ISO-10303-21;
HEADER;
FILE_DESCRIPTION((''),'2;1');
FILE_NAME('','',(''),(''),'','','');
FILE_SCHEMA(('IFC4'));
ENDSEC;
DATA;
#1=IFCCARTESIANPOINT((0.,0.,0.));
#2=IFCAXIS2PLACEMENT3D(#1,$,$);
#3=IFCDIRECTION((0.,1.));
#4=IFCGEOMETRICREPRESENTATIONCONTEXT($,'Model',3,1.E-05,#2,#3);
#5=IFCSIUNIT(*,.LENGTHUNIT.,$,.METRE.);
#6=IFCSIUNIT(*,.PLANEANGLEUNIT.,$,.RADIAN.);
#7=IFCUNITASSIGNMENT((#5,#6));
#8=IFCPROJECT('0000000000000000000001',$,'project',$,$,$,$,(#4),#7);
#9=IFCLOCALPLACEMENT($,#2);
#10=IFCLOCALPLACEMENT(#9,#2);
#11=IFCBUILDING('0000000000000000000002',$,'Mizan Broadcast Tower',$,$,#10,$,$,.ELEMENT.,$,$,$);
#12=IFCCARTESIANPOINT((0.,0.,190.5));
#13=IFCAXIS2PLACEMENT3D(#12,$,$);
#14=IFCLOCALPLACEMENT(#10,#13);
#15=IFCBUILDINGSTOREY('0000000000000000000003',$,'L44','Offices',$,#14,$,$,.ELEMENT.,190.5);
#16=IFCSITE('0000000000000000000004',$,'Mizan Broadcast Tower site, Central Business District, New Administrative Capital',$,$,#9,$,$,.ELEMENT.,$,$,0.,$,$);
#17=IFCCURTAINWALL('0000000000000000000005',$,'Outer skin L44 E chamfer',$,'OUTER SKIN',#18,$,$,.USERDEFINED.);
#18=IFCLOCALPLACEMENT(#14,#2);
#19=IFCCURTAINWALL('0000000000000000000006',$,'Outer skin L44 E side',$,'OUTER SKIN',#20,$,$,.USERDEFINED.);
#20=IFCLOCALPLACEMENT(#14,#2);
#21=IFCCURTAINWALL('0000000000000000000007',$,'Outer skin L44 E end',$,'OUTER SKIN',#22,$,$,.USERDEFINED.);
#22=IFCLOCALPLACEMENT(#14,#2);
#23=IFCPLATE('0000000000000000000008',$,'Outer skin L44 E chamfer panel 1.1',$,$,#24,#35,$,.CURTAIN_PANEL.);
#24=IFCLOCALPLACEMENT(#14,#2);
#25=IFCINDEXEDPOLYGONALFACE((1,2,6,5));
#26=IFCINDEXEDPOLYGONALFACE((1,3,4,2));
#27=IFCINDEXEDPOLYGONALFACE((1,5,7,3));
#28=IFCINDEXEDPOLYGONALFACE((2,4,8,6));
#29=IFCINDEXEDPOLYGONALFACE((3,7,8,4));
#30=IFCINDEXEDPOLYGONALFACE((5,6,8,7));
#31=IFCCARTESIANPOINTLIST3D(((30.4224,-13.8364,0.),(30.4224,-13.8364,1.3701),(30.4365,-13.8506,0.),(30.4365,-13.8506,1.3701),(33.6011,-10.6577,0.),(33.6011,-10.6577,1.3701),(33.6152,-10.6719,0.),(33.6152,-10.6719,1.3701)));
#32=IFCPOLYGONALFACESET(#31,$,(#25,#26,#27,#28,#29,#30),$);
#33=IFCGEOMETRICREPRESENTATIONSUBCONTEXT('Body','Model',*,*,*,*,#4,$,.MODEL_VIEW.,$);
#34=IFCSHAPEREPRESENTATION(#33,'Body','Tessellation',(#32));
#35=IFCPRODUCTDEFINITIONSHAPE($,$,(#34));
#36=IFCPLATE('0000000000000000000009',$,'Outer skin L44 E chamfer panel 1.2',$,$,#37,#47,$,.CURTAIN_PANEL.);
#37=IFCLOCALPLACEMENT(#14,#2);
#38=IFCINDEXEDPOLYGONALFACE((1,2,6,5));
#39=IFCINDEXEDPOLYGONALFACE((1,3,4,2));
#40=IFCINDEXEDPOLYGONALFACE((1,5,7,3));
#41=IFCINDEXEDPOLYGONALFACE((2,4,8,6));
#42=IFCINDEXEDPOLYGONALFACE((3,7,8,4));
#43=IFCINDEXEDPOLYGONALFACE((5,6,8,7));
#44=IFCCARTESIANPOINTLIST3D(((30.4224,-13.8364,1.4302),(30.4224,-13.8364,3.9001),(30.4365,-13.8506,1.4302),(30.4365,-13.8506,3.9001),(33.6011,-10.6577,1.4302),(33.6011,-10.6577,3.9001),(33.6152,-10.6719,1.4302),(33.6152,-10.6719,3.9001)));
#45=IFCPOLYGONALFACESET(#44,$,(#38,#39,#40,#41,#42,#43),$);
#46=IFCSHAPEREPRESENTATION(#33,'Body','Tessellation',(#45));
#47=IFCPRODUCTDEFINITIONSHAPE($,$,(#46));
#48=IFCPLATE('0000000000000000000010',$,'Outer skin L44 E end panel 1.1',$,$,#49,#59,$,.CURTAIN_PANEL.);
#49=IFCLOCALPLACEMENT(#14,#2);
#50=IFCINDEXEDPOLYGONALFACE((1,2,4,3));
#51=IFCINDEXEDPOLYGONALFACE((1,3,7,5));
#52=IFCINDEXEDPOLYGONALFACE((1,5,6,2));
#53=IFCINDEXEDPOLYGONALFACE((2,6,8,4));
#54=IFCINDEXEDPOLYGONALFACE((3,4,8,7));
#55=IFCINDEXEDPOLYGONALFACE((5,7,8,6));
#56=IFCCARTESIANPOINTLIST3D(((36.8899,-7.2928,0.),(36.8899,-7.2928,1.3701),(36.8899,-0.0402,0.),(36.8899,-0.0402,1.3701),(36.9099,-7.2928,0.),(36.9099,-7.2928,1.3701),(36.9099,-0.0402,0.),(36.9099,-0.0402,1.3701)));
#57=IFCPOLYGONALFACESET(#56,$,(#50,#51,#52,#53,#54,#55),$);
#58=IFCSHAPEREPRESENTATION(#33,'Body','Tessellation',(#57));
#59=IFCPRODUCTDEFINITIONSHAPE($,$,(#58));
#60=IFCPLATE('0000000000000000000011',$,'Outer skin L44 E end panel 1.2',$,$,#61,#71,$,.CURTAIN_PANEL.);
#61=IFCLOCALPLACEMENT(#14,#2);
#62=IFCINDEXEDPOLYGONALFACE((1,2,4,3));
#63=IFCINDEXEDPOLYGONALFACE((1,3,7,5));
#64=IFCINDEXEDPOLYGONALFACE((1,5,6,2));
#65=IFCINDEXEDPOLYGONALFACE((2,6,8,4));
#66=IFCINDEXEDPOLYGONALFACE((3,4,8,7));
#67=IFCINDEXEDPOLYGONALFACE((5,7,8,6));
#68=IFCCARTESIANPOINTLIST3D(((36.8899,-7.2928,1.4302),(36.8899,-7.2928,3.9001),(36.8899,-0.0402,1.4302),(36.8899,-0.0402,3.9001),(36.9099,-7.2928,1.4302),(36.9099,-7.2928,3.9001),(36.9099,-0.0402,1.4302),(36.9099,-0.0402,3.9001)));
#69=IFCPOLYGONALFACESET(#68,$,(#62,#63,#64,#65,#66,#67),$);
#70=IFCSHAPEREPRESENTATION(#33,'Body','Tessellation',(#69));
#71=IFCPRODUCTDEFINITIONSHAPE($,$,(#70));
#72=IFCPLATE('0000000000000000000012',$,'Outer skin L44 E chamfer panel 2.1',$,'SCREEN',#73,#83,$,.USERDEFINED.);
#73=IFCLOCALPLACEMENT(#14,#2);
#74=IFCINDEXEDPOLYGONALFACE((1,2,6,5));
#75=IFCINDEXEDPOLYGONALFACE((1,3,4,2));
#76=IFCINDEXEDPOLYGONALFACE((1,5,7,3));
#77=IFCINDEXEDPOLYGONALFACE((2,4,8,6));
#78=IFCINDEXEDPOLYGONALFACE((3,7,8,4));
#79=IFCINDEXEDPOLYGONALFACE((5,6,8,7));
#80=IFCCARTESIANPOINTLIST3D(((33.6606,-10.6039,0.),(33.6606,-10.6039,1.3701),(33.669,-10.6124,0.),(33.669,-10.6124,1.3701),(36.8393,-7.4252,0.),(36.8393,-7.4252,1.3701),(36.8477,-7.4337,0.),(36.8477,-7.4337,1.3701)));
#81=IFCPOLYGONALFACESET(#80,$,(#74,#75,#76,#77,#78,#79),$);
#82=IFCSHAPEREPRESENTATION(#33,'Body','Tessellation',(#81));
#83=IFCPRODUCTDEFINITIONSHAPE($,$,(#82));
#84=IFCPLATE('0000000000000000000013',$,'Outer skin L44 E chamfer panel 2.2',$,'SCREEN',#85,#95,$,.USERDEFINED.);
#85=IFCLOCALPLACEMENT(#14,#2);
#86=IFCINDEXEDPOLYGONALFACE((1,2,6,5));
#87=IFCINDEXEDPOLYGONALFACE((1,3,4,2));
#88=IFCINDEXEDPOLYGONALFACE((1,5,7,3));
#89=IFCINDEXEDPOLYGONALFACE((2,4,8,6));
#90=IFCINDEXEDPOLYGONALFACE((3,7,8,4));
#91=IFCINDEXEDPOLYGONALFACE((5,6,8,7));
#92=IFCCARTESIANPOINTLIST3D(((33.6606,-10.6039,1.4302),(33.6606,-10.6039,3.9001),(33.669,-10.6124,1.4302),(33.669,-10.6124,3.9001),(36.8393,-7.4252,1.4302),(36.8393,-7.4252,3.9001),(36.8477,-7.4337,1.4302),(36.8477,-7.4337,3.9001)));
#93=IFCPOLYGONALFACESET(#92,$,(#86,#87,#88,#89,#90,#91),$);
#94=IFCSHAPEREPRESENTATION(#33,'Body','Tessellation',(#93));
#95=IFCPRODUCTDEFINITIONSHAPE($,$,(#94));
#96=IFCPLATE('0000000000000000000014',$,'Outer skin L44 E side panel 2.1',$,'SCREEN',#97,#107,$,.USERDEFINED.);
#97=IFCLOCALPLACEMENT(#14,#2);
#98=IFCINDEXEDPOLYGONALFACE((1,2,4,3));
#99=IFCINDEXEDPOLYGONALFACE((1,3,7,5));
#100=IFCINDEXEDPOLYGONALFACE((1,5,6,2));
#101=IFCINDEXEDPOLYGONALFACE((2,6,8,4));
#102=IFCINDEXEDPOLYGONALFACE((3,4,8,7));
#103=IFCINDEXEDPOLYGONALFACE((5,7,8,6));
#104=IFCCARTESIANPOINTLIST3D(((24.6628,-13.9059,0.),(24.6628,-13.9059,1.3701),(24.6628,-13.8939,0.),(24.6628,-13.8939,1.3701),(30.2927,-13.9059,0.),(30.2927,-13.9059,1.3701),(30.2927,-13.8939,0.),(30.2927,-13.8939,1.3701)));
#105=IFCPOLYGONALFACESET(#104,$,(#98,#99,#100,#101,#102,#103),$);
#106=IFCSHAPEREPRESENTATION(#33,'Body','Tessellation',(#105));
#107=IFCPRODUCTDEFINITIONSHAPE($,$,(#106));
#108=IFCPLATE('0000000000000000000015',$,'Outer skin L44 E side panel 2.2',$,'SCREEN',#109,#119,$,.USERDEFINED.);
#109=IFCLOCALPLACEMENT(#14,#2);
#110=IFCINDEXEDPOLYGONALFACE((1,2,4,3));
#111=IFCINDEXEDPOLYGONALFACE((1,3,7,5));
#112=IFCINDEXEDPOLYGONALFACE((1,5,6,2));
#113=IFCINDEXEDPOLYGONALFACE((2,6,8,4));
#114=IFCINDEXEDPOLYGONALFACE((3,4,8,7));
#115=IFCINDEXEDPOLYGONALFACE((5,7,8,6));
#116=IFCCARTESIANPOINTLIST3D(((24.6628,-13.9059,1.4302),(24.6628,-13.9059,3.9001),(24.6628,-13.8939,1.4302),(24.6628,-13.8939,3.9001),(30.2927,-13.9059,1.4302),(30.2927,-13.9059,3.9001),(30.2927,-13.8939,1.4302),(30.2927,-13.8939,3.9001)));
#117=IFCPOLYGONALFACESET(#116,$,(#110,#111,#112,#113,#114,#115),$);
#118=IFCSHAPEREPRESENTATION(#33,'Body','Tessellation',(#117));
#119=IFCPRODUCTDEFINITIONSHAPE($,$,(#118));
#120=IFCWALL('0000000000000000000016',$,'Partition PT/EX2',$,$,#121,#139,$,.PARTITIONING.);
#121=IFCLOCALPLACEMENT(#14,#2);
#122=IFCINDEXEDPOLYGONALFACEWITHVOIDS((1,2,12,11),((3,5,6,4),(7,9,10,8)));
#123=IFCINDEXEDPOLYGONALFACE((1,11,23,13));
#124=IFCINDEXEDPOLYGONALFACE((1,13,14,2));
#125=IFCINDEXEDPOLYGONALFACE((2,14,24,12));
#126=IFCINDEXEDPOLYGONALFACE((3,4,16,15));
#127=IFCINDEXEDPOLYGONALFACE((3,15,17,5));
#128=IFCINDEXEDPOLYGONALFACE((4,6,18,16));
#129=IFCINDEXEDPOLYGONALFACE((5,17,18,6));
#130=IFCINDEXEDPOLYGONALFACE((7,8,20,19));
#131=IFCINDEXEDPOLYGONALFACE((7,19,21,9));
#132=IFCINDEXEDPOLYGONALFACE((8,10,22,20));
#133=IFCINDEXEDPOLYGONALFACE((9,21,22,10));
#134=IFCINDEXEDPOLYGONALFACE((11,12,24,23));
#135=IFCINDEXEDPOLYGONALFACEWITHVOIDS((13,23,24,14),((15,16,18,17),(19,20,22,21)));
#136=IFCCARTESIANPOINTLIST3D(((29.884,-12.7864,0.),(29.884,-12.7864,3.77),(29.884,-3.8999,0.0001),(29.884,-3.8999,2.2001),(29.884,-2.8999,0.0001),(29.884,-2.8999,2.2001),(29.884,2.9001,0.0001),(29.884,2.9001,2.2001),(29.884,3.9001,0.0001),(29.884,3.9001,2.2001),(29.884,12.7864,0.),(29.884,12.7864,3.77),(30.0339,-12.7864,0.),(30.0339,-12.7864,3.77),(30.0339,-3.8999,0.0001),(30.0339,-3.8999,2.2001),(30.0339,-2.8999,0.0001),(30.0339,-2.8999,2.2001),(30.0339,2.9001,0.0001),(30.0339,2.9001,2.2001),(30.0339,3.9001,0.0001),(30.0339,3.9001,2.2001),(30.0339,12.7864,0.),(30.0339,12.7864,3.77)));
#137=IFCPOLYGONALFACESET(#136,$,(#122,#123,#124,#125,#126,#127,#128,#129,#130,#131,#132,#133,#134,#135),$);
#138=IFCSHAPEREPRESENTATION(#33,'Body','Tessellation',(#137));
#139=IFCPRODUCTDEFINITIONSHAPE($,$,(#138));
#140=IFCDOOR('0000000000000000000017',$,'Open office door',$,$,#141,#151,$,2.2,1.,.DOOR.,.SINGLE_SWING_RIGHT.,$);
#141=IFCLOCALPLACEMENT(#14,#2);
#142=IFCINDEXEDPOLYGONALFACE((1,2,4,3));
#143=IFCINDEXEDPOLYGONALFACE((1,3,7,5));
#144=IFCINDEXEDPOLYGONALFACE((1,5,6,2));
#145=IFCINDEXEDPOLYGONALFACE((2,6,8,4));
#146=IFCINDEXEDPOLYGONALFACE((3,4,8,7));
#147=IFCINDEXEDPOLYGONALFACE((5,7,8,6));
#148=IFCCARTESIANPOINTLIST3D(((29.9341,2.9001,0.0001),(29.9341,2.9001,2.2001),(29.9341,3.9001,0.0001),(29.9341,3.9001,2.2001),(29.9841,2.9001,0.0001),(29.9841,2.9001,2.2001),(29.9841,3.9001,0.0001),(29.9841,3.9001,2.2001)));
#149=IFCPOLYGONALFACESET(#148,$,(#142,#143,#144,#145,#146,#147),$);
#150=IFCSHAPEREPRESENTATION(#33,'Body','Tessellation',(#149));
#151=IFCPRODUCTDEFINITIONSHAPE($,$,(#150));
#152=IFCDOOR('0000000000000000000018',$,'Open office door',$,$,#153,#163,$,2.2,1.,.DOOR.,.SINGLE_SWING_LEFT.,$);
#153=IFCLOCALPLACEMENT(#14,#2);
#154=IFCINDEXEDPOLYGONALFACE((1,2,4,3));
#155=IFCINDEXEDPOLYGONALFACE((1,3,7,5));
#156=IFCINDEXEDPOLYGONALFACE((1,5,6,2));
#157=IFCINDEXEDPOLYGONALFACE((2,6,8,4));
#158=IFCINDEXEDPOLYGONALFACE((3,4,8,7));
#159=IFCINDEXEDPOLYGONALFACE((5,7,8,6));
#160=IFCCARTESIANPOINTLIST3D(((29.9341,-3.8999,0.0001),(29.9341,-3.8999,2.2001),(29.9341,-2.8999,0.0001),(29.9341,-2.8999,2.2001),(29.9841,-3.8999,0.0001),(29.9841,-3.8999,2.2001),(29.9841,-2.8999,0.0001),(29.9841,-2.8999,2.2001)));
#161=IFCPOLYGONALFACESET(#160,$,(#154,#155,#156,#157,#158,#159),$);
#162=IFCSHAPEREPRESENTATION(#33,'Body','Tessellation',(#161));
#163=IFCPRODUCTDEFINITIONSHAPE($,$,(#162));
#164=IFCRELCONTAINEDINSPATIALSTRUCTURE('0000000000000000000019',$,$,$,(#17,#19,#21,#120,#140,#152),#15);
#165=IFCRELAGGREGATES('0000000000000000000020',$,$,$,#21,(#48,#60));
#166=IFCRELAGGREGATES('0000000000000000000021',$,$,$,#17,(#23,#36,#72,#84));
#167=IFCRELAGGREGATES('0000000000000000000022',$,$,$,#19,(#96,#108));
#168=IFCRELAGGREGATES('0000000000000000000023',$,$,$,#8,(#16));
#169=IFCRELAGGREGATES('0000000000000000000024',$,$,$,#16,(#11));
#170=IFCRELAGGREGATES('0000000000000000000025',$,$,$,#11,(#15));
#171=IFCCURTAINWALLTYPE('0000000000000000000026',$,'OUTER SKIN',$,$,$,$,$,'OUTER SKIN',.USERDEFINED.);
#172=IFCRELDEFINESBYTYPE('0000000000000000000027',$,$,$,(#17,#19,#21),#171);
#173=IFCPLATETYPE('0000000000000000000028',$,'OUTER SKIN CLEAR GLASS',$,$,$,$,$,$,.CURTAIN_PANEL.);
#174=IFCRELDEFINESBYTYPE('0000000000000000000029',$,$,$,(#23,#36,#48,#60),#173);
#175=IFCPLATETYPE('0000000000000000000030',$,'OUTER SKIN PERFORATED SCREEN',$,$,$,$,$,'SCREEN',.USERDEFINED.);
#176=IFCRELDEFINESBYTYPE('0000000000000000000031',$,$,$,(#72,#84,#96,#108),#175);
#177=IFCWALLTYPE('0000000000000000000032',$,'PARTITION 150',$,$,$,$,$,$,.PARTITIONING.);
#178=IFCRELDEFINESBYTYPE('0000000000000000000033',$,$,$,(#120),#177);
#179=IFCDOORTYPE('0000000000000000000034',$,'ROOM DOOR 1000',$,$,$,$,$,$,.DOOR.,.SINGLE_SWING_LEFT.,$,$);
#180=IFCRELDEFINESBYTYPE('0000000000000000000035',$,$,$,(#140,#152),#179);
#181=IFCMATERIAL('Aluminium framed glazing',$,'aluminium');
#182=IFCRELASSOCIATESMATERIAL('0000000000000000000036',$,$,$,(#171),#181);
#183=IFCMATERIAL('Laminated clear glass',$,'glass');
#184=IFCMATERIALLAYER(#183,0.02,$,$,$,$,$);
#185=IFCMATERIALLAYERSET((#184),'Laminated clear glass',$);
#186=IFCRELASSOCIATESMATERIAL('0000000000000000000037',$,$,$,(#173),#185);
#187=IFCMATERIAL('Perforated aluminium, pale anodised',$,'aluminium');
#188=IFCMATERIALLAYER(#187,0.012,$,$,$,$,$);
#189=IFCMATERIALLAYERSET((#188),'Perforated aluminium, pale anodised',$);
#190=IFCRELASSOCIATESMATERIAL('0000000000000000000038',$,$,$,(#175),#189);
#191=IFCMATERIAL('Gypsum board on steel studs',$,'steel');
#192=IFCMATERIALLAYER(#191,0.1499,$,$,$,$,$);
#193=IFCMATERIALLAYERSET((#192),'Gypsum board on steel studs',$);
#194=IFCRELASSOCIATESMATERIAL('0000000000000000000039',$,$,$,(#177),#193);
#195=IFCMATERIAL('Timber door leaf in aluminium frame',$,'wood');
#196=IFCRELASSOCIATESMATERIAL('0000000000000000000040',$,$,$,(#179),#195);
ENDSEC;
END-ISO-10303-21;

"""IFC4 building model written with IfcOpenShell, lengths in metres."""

from ifc_helpers import new_model, si_unit, direction, frame, frame_2d, origin, origin_2d, place, context, subcontext, project, spatial, rectangle, extrude, material, layer, layer_set, type_object, element, fill, aggregate, save


model = new_model("IFC4")

# Units and contexts
model_context = context("Model", 3, precision=1e-05, world=origin(), true_north=direction((0.0, 1.0)))
body_context = subcontext(model_context, "Body", "Model", "MODEL_VIEW")
ifc_project = project(units=[si_unit("LENGTHUNIT", "METRE"), si_unit("PLANEANGLEUNIT", "RADIAN")], contexts=[model_context])

# Site, building, storey
site_placement = place(None, origin())
site = spatial("IfcSite", under=ifc_project, at=site_placement, Name="Mizan Broadcast Tower site, Central Business District, New Administrative Capital", CompositionType="ELEMENT", RefElevation=0.0)
building_placement = place(site_placement, origin())
building = spatial("IfcBuilding", under=site, at=building_placement, Name="Mizan Broadcast Tower", CompositionType="ELEMENT")
storey_placement = place(building_placement, frame((0.0, 0.0, 190.5)))
storey = spatial("IfcBuildingStorey", under=building, at=storey_placement, Name="L44", Description="Offices", CompositionType="ELEMENT", Elevation=190.5)

# Curtain wall
ifc_material_1 = material(Name="Aluminium framed glazing", Category="aluminium")
curtain_wall_type_1 = type_object("IfcCurtainWallType", Name="OUTER SKIN", ElementType="OUTER SKIN", PredefinedType="USERDEFINED", material=ifc_material_1)
curtain_wall_1_placement = place(storey_placement, origin())
curtain_wall_1 = element("IfcCurtainWall", 1, at=curtain_wall_1_placement, inside=storey, type_object=curtain_wall_type_1, Name="Outer skin L44 E chamfer", ObjectType="OUTER SKIN", PredefinedType="USERDEFINED")

# Curtain wall
curtain_wall_2_placement = place(storey_placement, origin())
curtain_wall_2 = element("IfcCurtainWall", 2, at=curtain_wall_2_placement, inside=storey, type_object=curtain_wall_type_1, Name="Outer skin L44 E side", ObjectType="OUTER SKIN", PredefinedType="USERDEFINED")

# Curtain wall
curtain_wall_3_placement = place(storey_placement, origin())
curtain_wall_3 = element("IfcCurtainWall", 3, at=curtain_wall_3_placement, inside=storey, type_object=curtain_wall_type_1, Name="Outer skin L44 E end", ObjectType="OUTER SKIN", PredefinedType="USERDEFINED")

# Plates
ifc_material_2 = material(Name="Laminated clear glass", Category="glass")
ifc_layer_1 = layer(ifc_material_2, 0.02)
ifc_layer_set_1 = layer_set([ifc_layer_1], Name="Laminated clear glass")
plate_type_1 = type_object("IfcPlateType", Name="OUTER SKIN CLEAR GLASS", PredefinedType="CURTAIN_PANEL", material=ifc_layer_set_1)
plate_1_placement = place(storey_placement, frame((32.0188, -12.2542, 0.0), z_axis=(0.0, 0.0, 1.0), x_axis=(0.707107, 0.707107, 0.0)))
plate_1 = element("IfcPlate", 4, at=plate_1_placement, type_object=plate_type_1, Name="Outer skin L44 E chamfer panel 1.1", PredefinedType="CURTAIN_PANEL", context=body_context, shape_type="SweptSolid", body=[
    extrude(rectangle(XDim=4.4954, YDim=0.02, at=origin_2d()), origin(), (0.0, 0.0, 1.0), 1.3701),
])
plate_2_placement = place(storey_placement, frame((32.0188, -12.2542, 1.4302), z_axis=(0.0, 0.0, 1.0), x_axis=(0.707107, 0.707107, 0.0)))
plate_2 = element("IfcPlate", 5, at=plate_2_placement, type_object=plate_type_1, Name="Outer skin L44 E chamfer panel 1.2", PredefinedType="CURTAIN_PANEL", context=body_context, shape_type="SweptSolid", body=[
    extrude(rectangle(XDim=4.4954, YDim=0.02, at=origin_2d()), origin(), (0.0, 0.0, 1.0), 2.47),
])
plate_3_placement = place(storey_placement, frame((36.8999, -3.6665, 0.0), z_axis=(0.0, 0.0, 1.0), x_axis=(0.0, 1.0, 0.0)))
plate_3 = element("IfcPlate", 6, at=plate_3_placement, type_object=plate_type_1, Name="Outer skin L44 E end panel 1.1", PredefinedType="CURTAIN_PANEL", context=body_context, shape_type="SweptSolid", body=[
    extrude(rectangle(XDim=7.2527, YDim=0.02, at=origin_2d()), origin(), (0.0, 0.0, 1.0), 1.3701),
])
plate_4_placement = place(storey_placement, frame((36.8999, -3.6665, 1.4302), z_axis=(0.0, 0.0, 1.0), x_axis=(0.0, 1.0, 0.0)))
plate_4 = element("IfcPlate", 7, at=plate_4_placement, type_object=plate_type_1, Name="Outer skin L44 E end panel 1.2", PredefinedType="CURTAIN_PANEL", context=body_context, shape_type="SweptSolid", body=[
    extrude(rectangle(XDim=7.2527, YDim=0.02, at=origin_2d()), origin(), (0.0, 0.0, 1.0), 2.47),
])
aggregate(curtain_wall_3, [plate_3, plate_4])
ifc_material_3 = material(Name="Perforated aluminium, pale anodised", Category="aluminium")
ifc_layer_2 = layer(ifc_material_3, 0.012)
ifc_layer_set_2 = layer_set([ifc_layer_2], Name="Perforated aluminium, pale anodised")
plate_type_2 = type_object("IfcPlateType", Name="OUTER SKIN PERFORATED SCREEN", ElementType="SCREEN", PredefinedType="USERDEFINED", material=ifc_layer_set_2)
plate_5_placement = place(storey_placement, frame((35.2542, -9.0188, 0.0), z_axis=(0.0, 0.0, 1.0), x_axis=(0.707107, 0.707107, 0.0)))
plate_5 = element("IfcPlate", 8, at=plate_5_placement, type_object=plate_type_2, Name="Outer skin L44 E chamfer panel 2.1", ObjectType="SCREEN", PredefinedType="USERDEFINED", context=body_context, shape_type="SweptSolid", body=[
    extrude(rectangle(XDim=4.4954, YDim=0.012, at=origin_2d()), origin(), (0.0, 0.0, 1.0), 1.3701),
])
plate_6_placement = place(storey_placement, frame((35.2542, -9.0188, 1.4302), z_axis=(0.0, 0.0, 1.0), x_axis=(0.707107, 0.707107, 0.0)))
plate_6 = element("IfcPlate", 9, at=plate_6_placement, type_object=plate_type_2, Name="Outer skin L44 E chamfer panel 2.2", ObjectType="SCREEN", PredefinedType="USERDEFINED", context=body_context, shape_type="SweptSolid", body=[
    extrude(rectangle(XDim=4.4954, YDim=0.012, at=origin_2d()), origin(), (0.0, 0.0, 1.0), 2.47),
])
aggregate(curtain_wall_1, [plate_1, plate_2, plate_5, plate_6])
plate_7_placement = place(storey_placement, frame((27.4778, -13.8999, 0.0), z_axis=(0.0, 0.0, 1.0), x_axis=(1.0, 0.0, 0.0)))
plate_7 = element("IfcPlate", 10, at=plate_7_placement, type_object=plate_type_2, Name="Outer skin L44 E side panel 2.1", ObjectType="SCREEN", PredefinedType="USERDEFINED", context=body_context, shape_type="SweptSolid", body=[
    extrude(rectangle(XDim=5.6299, YDim=0.012, at=origin_2d()), origin(), (0.0, 0.0, 1.0), 1.3701),
])
plate_8_placement = place(storey_placement, frame((27.4778, -13.8999, 1.4302), z_axis=(0.0, 0.0, 1.0), x_axis=(1.0, 0.0, 0.0)))
plate_8 = element("IfcPlate", 11, at=plate_8_placement, type_object=plate_type_2, Name="Outer skin L44 E side panel 2.2", ObjectType="SCREEN", PredefinedType="USERDEFINED", context=body_context, shape_type="SweptSolid", body=[
    extrude(rectangle(XDim=5.6299, YDim=0.012, at=origin_2d()), origin(), (0.0, 0.0, 1.0), 2.47),
])
aggregate(curtain_wall_2, [plate_7, plate_8])

# Wall, openings, doors
ifc_material_4 = material(Name="Gypsum board on steel studs", Category="steel")
ifc_layer_3 = layer(ifc_material_4, 0.1499)
ifc_layer_set_3 = layer_set([ifc_layer_3], Name="Gypsum board on steel studs")
wall_type = type_object("IfcWallType", Name="PARTITION 150", PredefinedType="PARTITIONING", material=ifc_layer_set_3)
wall_placement = place(storey_placement, frame((29.959, -12.7864, 0.0), z_axis=(0.0, 0.0, 1.0), x_axis=(0.0, 1.0, 0.0)))
wall = element("IfcWall", 12, at=wall_placement, inside=storey, type_object=wall_type, Name="Partition PT/EX2", PredefinedType="PARTITIONING", context=body_context, shape_type="SweptSolid", body=[
    extrude(rectangle(XDim=25.5728, YDim=0.1499, at=frame_2d((12.7864, 0.0))), origin(), (0.0, 0.0, 1.0), 3.77),
])
opening_1_placement = place(wall_placement, frame((15.6865, 0.0, 0.0)))
opening_1 = element("IfcOpeningElement", 13, at=opening_1_placement, cuts=wall, PredefinedType="OPENING", context=body_context, shape_type="SweptSolid", body=[
    extrude(rectangle(XDim=1.0, YDim=2.2, at=frame_2d((0.5, 1.1001))), frame((0.0, 0.085, 0.0), z_axis=(0.0, -1.0, 0.0), x_axis=(1.0, 0.0, 0.0)), (0.0, 0.0, 1.0), 0.1699),
])
opening_2_placement = place(wall_placement, frame((8.8865, 0.0, 0.0)))
opening_2 = element("IfcOpeningElement", 14, at=opening_2_placement, cuts=wall, PredefinedType="OPENING", context=body_context, shape_type="SweptSolid", body=[
    extrude(rectangle(XDim=1.0, YDim=2.2, at=frame_2d((0.5, 1.1001))), frame((0.0, 0.085, 0.0), z_axis=(0.0, -1.0, 0.0), x_axis=(1.0, 0.0, 0.0)), (0.0, 0.0, 1.0), 0.1699),
])
ifc_material_5 = material(Name="Timber door leaf in aluminium frame", Category="wood")
door_type = type_object("IfcDoorType", Name="ROOM DOOR 1000", OperationType="SINGLE_SWING_LEFT", PredefinedType="DOOR", material=ifc_material_5)
door_1_placement = place(opening_1_placement, origin())
door_1 = element("IfcDoor", 15, at=door_1_placement, inside=storey, type_object=door_type, Name="Open office door", OperationType="SINGLE_SWING_RIGHT", OverallHeight=2.2, OverallWidth=1.0, PredefinedType="DOOR", context=body_context, shape_type="SweptSolid", body=[
    extrude(rectangle(XDim=1.0, YDim=2.2, at=frame_2d((0.5, 1.1001))), frame((0.0, 0.0249, 0.0), z_axis=(0.0, -1.0, 0.0), x_axis=(1.0, 0.0, 0.0)), (0.0, 0.0, 1.0), 0.05),
])
fill(opening_1, door_1)
door_2_placement = place(opening_2_placement, origin())
door_2 = element("IfcDoor", 16, at=door_2_placement, inside=storey, type_object=door_type, Name="Open office door", OperationType="SINGLE_SWING_LEFT", OverallHeight=2.2, OverallWidth=1.0, PredefinedType="DOOR", context=body_context, shape_type="SweptSolid", body=[
    extrude(rectangle(XDim=1.0, YDim=2.2, at=frame_2d((0.5, 1.1001))), frame((0.0, 0.0249, 0.0), z_axis=(0.0, -1.0, 0.0), x_axis=(1.0, 0.0, 0.0)), (0.0, 0.0, 1.0), 0.05),
])
fill(opening_2, door_2)

save(model, "model.ifc")
